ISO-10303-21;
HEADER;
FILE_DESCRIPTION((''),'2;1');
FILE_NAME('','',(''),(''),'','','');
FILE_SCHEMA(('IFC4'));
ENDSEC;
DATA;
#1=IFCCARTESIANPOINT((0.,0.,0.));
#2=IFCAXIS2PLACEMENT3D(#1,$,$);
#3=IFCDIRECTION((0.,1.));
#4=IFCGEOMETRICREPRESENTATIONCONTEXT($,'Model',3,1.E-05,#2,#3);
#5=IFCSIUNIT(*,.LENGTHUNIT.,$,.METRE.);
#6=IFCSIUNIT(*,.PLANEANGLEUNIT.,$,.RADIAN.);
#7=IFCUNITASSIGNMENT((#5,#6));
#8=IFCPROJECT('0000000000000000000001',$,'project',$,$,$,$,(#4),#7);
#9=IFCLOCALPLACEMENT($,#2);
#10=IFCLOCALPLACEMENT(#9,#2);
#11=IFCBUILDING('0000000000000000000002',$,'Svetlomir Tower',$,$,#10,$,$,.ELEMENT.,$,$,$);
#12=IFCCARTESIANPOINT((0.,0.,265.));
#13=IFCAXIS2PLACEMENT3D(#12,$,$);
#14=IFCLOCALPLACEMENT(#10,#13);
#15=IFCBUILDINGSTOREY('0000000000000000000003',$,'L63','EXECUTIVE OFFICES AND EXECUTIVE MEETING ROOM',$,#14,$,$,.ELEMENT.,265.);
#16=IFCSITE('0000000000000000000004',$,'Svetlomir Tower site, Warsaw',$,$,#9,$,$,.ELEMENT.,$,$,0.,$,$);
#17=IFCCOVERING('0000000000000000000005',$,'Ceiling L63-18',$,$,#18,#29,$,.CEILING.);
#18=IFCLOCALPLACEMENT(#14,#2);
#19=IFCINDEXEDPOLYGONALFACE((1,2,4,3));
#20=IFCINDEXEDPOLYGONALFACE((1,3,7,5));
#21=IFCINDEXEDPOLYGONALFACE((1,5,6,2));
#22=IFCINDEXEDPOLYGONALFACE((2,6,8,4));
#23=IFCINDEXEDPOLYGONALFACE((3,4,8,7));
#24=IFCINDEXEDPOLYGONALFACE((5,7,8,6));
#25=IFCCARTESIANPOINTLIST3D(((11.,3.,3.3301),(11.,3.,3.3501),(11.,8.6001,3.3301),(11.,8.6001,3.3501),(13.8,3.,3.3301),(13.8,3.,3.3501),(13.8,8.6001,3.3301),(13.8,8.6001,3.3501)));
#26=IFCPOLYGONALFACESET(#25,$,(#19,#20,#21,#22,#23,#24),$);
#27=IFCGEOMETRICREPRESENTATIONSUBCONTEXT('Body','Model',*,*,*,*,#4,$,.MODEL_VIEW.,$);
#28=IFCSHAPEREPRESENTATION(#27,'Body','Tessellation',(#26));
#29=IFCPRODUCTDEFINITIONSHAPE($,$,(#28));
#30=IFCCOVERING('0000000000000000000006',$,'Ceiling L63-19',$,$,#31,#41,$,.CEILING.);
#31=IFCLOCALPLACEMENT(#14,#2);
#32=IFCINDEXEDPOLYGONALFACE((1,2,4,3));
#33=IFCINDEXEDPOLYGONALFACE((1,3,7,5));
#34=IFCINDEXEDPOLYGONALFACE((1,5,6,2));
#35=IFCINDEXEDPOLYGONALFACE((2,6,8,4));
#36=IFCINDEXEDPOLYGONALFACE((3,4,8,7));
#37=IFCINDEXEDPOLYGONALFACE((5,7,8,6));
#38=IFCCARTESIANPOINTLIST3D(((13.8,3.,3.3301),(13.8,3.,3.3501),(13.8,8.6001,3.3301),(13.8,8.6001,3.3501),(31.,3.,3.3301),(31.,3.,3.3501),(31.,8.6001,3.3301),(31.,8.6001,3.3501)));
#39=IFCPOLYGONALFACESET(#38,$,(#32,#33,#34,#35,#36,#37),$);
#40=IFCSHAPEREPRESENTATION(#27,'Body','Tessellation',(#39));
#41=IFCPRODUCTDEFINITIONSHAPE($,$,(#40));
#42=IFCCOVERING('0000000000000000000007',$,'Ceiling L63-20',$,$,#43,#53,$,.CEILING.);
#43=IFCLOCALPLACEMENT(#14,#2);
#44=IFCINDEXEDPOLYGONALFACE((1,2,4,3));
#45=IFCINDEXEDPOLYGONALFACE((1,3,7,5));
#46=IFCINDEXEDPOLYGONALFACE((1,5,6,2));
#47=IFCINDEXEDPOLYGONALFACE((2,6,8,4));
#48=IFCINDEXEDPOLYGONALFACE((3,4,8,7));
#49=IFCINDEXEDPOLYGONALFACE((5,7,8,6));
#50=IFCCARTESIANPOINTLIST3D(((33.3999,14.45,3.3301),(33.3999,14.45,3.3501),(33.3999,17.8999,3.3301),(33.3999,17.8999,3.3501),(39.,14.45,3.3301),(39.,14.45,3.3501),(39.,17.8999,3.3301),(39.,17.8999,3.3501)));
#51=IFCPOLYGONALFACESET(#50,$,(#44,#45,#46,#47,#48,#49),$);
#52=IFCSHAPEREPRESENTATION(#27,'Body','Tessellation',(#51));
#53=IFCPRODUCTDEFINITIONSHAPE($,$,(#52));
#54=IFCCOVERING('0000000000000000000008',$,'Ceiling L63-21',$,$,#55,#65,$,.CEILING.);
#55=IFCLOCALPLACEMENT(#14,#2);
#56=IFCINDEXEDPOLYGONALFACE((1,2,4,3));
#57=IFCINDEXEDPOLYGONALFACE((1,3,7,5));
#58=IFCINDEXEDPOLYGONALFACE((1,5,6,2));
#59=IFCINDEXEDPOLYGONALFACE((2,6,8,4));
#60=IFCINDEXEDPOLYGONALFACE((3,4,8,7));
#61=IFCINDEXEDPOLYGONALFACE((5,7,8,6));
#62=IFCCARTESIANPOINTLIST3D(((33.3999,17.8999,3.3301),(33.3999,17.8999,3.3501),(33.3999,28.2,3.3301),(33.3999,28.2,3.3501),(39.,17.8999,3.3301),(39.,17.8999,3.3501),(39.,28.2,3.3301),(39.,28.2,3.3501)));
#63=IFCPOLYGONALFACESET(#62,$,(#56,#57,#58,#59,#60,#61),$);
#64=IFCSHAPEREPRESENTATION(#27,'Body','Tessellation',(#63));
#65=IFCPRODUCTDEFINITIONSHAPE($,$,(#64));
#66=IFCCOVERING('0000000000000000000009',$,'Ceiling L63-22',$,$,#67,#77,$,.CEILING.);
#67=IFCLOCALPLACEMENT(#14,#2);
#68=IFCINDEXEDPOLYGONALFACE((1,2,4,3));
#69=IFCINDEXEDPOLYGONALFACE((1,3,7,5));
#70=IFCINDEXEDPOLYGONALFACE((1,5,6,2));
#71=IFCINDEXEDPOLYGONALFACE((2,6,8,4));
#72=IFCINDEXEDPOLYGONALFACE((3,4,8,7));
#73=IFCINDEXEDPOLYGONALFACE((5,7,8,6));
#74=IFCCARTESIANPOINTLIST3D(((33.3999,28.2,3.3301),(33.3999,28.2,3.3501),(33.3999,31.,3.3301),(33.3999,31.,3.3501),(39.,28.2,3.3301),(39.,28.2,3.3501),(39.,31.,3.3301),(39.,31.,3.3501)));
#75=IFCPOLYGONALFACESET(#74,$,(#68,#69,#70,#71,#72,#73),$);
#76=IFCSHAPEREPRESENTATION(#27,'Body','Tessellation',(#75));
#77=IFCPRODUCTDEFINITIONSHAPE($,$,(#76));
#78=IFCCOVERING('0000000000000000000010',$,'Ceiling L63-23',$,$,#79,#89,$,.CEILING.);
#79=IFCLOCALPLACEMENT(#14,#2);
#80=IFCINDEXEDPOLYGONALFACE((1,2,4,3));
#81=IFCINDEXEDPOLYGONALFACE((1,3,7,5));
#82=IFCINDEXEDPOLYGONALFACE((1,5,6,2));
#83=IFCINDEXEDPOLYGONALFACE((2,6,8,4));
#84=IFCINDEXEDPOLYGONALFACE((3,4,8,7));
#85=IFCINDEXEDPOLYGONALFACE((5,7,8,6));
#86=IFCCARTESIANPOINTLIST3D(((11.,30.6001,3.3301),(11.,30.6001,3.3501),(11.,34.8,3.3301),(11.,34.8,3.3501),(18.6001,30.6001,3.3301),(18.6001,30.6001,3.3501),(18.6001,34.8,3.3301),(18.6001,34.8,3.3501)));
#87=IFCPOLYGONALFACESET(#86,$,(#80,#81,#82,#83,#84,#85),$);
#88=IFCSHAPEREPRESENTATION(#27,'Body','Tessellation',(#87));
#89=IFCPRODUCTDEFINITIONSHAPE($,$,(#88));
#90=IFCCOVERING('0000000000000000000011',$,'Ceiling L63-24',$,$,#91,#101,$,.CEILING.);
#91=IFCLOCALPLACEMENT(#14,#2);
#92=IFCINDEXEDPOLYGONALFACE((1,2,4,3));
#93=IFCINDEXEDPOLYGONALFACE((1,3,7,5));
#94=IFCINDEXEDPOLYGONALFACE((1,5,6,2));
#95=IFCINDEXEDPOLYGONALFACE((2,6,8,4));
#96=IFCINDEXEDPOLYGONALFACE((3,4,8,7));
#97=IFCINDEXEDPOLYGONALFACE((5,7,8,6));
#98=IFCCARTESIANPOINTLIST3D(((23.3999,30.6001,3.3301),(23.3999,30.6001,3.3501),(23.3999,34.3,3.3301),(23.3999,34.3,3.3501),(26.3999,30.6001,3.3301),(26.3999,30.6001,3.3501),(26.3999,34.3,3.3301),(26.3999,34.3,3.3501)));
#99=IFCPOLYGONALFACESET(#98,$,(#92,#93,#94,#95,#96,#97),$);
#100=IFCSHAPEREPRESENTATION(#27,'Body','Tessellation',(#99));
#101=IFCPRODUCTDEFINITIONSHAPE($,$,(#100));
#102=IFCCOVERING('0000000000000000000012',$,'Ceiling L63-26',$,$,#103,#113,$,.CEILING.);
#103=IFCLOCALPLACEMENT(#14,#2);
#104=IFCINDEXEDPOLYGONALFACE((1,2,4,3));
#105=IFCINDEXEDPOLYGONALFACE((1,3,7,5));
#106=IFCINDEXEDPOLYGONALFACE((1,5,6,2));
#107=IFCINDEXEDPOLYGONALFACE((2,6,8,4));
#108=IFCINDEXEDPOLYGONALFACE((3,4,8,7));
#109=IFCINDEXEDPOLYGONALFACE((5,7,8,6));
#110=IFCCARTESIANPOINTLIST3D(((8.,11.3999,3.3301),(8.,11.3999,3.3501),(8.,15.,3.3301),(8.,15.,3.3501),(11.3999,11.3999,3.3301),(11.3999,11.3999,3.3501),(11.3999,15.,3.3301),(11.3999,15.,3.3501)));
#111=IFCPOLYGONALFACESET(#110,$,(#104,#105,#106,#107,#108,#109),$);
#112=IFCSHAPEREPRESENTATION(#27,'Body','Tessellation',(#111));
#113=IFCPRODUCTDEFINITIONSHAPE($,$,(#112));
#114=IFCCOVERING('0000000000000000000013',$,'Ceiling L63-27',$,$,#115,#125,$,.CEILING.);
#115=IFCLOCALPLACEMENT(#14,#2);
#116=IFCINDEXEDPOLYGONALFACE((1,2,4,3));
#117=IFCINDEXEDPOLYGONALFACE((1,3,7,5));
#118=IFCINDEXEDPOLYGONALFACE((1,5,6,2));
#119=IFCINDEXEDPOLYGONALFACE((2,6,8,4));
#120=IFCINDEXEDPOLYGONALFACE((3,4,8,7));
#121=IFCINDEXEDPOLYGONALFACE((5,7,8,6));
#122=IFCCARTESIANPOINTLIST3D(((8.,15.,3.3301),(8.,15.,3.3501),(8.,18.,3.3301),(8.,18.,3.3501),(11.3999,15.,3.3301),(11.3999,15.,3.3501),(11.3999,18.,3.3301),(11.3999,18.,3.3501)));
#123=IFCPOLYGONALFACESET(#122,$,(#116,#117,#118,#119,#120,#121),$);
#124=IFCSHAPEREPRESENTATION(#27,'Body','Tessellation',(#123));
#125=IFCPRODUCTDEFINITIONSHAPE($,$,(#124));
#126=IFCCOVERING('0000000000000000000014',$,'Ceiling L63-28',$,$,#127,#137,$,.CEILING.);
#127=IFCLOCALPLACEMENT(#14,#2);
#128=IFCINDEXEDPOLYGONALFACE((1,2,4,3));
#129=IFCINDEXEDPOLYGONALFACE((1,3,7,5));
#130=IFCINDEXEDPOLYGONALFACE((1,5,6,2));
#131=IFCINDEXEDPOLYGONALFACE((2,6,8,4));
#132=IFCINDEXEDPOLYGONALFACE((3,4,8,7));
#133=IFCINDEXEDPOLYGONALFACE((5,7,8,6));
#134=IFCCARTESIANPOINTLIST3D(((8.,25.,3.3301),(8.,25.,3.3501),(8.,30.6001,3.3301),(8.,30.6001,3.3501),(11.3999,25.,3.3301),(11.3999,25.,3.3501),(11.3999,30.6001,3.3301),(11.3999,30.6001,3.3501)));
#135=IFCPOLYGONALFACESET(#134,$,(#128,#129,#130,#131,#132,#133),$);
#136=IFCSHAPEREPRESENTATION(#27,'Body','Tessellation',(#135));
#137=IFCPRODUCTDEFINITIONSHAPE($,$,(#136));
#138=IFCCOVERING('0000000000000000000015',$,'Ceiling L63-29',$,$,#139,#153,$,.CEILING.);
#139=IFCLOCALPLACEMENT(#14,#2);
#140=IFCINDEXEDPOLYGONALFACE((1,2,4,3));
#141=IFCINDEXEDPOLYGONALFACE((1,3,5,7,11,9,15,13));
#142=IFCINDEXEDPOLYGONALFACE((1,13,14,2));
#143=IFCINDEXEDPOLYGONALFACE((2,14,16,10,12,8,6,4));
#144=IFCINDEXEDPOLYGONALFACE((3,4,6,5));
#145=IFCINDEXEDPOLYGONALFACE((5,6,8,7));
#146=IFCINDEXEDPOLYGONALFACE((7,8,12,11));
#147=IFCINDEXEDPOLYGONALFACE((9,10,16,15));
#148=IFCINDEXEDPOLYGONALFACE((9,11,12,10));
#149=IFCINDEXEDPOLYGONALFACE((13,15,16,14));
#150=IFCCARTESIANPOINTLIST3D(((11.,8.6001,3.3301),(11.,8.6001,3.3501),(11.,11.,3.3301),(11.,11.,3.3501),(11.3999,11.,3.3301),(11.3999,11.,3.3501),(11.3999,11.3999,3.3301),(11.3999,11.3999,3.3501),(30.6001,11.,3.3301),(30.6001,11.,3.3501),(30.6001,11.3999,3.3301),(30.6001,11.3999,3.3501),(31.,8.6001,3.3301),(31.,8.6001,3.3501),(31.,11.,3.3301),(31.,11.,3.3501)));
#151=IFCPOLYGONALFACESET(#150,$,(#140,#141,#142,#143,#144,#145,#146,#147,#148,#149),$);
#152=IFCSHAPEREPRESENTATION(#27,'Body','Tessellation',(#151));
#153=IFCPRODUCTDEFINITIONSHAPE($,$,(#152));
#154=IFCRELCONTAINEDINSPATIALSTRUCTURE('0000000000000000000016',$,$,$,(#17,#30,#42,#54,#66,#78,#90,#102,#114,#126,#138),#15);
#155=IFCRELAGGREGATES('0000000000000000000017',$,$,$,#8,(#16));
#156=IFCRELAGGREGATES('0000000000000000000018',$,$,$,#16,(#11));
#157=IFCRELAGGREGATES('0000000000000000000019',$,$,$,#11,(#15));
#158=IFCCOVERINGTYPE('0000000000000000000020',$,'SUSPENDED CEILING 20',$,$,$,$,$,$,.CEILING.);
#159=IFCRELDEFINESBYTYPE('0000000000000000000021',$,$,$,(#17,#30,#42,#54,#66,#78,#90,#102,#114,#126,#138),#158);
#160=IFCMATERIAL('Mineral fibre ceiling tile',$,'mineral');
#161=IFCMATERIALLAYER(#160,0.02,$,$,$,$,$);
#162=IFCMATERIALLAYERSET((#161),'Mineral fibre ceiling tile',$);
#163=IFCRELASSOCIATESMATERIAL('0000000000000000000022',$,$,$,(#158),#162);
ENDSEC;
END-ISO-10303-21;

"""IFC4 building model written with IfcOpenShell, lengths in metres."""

from ifc_helpers import new_model, si_unit, direction, frame, origin, place, context, subcontext, project, spatial, polyline, outline, extrude, material, layer, layer_set, type_object, element, save


model = new_model("IFC4")

# Units and contexts
model_context = context("Model", 3, precision=1e-05, world=origin(), true_north=direction((0.0, 1.0)))
body_context = subcontext(model_context, "Body", "Model", "MODEL_VIEW")
ifc_project = project(units=[si_unit("LENGTHUNIT", "METRE"), si_unit("PLANEANGLEUNIT", "RADIAN")], contexts=[model_context])

# Site, building, storey
site_placement = place(None, origin())
site = spatial("IfcSite", under=ifc_project, at=site_placement, Name="Svetlomir Tower site, Warsaw", CompositionType="ELEMENT", RefElevation=0.0)
building_placement = place(site_placement, origin())
building = spatial("IfcBuilding", under=site, at=building_placement, Name="Svetlomir Tower", CompositionType="ELEMENT")
storey_placement = place(building_placement, frame((0.0, 0.0, 265.0)))
storey = spatial("IfcBuildingStorey", under=building, at=storey_placement, Name="L63", Description="EXECUTIVE OFFICES AND EXECUTIVE MEETING ROOM", CompositionType="ELEMENT", Elevation=265.0)

# Coverings
ifc_material_1 = material(Name="Mineral fibre ceiling tile", Category="mineral")
ifc_layer_1 = layer(ifc_material_1, 0.02)
ifc_layer_set_1 = layer_set([ifc_layer_1], Name="Mineral fibre ceiling tile")
covering_type_1 = type_object("IfcCoveringType", Name="SUSPENDED CEILING 20", PredefinedType="CEILING", material=ifc_layer_set_1)
covering_1_placement = place(storey_placement, frame((0.0, 0.0, 3.3301)))
element("IfcCovering", 1, at=covering_1_placement, inside=storey, type_object=covering_type_1, Name="Ceiling L63-18", PredefinedType="CEILING", context=body_context, shape_type="SweptSolid", body=[
    extrude(outline(polyline([(11.0, 3.0), (13.8, 3.0), (13.8, 8.6001), (11.0, 8.6001), (11.0, 3.0)])), origin(), (0.0, 0.0, 1.0), 0.02),
])
covering_2_placement = place(storey_placement, frame((0.0, 0.0, 3.3301)))
element("IfcCovering", 2, at=covering_2_placement, inside=storey, type_object=covering_type_1, Name="Ceiling L63-19", PredefinedType="CEILING", context=body_context, shape_type="SweptSolid", body=[
    extrude(outline(polyline([(13.8, 3.0), (31.0, 3.0), (31.0, 8.6001), (13.8, 8.6001), (13.8, 3.0)])), origin(), (0.0, 0.0, 1.0), 0.02),
])
covering_3_placement = place(storey_placement, frame((0.0, 0.0, 3.3301)))
element("IfcCovering", 3, at=covering_3_placement, inside=storey, type_object=covering_type_1, Name="Ceiling L63-20", PredefinedType="CEILING", context=body_context, shape_type="SweptSolid", body=[
    extrude(outline(polyline([(33.3999, 14.45), (39.0, 14.45), (39.0, 17.8999), (33.3999, 17.8999), (33.3999, 14.45)])), origin(), (0.0, 0.0, 1.0), 0.02),
])
covering_4_placement = place(storey_placement, frame((0.0, 0.0, 3.3301)))
element("IfcCovering", 4, at=covering_4_placement, inside=storey, type_object=covering_type_1, Name="Ceiling L63-21", PredefinedType="CEILING", context=body_context, shape_type="SweptSolid", body=[
    extrude(outline(polyline([(33.3999, 17.8999), (39.0, 17.8999), (39.0, 28.2), (33.3999, 28.2), (33.3999, 17.8999)])), origin(), (0.0, 0.0, 1.0), 0.02),
])
covering_5_placement = place(storey_placement, frame((0.0, 0.0, 3.3301)))
element("IfcCovering", 5, at=covering_5_placement, inside=storey, type_object=covering_type_1, Name="Ceiling L63-22", PredefinedType="CEILING", context=body_context, shape_type="SweptSolid", body=[
    extrude(outline(polyline([(33.3999, 28.2), (39.0, 28.2), (39.0, 31.0), (33.3999, 31.0), (33.3999, 28.2)])), origin(), (0.0, 0.0, 1.0), 0.02),
])
covering_6_placement = place(storey_placement, frame((0.0, 0.0, 3.3301)))
element("IfcCovering", 6, at=covering_6_placement, inside=storey, type_object=covering_type_1, Name="Ceiling L63-23", PredefinedType="CEILING", context=body_context, shape_type="SweptSolid", body=[
    extrude(outline(polyline([(11.0, 30.6001), (18.6001, 30.6001), (18.6001, 34.8), (11.0, 34.8), (11.0, 30.6001)])), origin(), (0.0, 0.0, 1.0), 0.02),
])
covering_7_placement = place(storey_placement, frame((0.0, 0.0, 3.3301)))
element("IfcCovering", 7, at=covering_7_placement, inside=storey, type_object=covering_type_1, Name="Ceiling L63-24", PredefinedType="CEILING", context=body_context, shape_type="SweptSolid", body=[
    extrude(outline(polyline([(23.3999, 30.6001), (26.3999, 30.6001), (26.3999, 34.3), (23.3999, 34.3), (23.3999, 30.6001)])), origin(), (0.0, 0.0, 1.0), 0.02),
])
covering_8_placement = place(storey_placement, frame((0.0, 0.0, 3.3301)))
element("IfcCovering", 8, at=covering_8_placement, inside=storey, type_object=covering_type_1, Name="Ceiling L63-26", PredefinedType="CEILING", context=body_context, shape_type="SweptSolid", body=[
    extrude(outline(polyline([(8.0, 11.3999), (11.3999, 11.3999), (11.3999, 15.0), (8.0, 15.0), (8.0, 11.3999)])), origin(), (0.0, 0.0, 1.0), 0.02),
])
covering_9_placement = place(storey_placement, frame((0.0, 0.0, 3.3301)))
element("IfcCovering", 9, at=covering_9_placement, inside=storey, type_object=covering_type_1, Name="Ceiling L63-27", PredefinedType="CEILING", context=body_context, shape_type="SweptSolid", body=[
    extrude(outline(polyline([(8.0, 15.0), (11.3999, 15.0), (11.3999, 18.0), (8.0, 18.0), (8.0, 15.0)])), origin(), (0.0, 0.0, 1.0), 0.02),
])
covering_10_placement = place(storey_placement, frame((0.0, 0.0, 3.3301)))
element("IfcCovering", 10, at=covering_10_placement, inside=storey, type_object=covering_type_1, Name="Ceiling L63-28", PredefinedType="CEILING", context=body_context, shape_type="SweptSolid", body=[
    extrude(outline(polyline([(8.0, 25.0), (11.3999, 25.0), (11.3999, 30.6001), (8.0, 30.6001), (8.0, 25.0)])), origin(), (0.0, 0.0, 1.0), 0.02),
])
covering_11_placement = place(storey_placement, frame((0.0, 0.0, 3.3301)))
element("IfcCovering", 11, at=covering_11_placement, inside=storey, type_object=covering_type_1, Name="Ceiling L63-29", PredefinedType="CEILING", context=body_context, shape_type="SweptSolid", body=[
    extrude(outline(polyline([(11.0, 11.0), (11.3999, 11.0), (11.3999, 11.3999), (30.6001, 11.3999), (30.6001, 11.0), (31.0, 11.0), (31.0, 8.6001), (11.0, 8.6001), (11.0, 11.0)])), origin(), (0.0, 0.0, 1.0), 0.02),
])

save(model, "model.ifc")
